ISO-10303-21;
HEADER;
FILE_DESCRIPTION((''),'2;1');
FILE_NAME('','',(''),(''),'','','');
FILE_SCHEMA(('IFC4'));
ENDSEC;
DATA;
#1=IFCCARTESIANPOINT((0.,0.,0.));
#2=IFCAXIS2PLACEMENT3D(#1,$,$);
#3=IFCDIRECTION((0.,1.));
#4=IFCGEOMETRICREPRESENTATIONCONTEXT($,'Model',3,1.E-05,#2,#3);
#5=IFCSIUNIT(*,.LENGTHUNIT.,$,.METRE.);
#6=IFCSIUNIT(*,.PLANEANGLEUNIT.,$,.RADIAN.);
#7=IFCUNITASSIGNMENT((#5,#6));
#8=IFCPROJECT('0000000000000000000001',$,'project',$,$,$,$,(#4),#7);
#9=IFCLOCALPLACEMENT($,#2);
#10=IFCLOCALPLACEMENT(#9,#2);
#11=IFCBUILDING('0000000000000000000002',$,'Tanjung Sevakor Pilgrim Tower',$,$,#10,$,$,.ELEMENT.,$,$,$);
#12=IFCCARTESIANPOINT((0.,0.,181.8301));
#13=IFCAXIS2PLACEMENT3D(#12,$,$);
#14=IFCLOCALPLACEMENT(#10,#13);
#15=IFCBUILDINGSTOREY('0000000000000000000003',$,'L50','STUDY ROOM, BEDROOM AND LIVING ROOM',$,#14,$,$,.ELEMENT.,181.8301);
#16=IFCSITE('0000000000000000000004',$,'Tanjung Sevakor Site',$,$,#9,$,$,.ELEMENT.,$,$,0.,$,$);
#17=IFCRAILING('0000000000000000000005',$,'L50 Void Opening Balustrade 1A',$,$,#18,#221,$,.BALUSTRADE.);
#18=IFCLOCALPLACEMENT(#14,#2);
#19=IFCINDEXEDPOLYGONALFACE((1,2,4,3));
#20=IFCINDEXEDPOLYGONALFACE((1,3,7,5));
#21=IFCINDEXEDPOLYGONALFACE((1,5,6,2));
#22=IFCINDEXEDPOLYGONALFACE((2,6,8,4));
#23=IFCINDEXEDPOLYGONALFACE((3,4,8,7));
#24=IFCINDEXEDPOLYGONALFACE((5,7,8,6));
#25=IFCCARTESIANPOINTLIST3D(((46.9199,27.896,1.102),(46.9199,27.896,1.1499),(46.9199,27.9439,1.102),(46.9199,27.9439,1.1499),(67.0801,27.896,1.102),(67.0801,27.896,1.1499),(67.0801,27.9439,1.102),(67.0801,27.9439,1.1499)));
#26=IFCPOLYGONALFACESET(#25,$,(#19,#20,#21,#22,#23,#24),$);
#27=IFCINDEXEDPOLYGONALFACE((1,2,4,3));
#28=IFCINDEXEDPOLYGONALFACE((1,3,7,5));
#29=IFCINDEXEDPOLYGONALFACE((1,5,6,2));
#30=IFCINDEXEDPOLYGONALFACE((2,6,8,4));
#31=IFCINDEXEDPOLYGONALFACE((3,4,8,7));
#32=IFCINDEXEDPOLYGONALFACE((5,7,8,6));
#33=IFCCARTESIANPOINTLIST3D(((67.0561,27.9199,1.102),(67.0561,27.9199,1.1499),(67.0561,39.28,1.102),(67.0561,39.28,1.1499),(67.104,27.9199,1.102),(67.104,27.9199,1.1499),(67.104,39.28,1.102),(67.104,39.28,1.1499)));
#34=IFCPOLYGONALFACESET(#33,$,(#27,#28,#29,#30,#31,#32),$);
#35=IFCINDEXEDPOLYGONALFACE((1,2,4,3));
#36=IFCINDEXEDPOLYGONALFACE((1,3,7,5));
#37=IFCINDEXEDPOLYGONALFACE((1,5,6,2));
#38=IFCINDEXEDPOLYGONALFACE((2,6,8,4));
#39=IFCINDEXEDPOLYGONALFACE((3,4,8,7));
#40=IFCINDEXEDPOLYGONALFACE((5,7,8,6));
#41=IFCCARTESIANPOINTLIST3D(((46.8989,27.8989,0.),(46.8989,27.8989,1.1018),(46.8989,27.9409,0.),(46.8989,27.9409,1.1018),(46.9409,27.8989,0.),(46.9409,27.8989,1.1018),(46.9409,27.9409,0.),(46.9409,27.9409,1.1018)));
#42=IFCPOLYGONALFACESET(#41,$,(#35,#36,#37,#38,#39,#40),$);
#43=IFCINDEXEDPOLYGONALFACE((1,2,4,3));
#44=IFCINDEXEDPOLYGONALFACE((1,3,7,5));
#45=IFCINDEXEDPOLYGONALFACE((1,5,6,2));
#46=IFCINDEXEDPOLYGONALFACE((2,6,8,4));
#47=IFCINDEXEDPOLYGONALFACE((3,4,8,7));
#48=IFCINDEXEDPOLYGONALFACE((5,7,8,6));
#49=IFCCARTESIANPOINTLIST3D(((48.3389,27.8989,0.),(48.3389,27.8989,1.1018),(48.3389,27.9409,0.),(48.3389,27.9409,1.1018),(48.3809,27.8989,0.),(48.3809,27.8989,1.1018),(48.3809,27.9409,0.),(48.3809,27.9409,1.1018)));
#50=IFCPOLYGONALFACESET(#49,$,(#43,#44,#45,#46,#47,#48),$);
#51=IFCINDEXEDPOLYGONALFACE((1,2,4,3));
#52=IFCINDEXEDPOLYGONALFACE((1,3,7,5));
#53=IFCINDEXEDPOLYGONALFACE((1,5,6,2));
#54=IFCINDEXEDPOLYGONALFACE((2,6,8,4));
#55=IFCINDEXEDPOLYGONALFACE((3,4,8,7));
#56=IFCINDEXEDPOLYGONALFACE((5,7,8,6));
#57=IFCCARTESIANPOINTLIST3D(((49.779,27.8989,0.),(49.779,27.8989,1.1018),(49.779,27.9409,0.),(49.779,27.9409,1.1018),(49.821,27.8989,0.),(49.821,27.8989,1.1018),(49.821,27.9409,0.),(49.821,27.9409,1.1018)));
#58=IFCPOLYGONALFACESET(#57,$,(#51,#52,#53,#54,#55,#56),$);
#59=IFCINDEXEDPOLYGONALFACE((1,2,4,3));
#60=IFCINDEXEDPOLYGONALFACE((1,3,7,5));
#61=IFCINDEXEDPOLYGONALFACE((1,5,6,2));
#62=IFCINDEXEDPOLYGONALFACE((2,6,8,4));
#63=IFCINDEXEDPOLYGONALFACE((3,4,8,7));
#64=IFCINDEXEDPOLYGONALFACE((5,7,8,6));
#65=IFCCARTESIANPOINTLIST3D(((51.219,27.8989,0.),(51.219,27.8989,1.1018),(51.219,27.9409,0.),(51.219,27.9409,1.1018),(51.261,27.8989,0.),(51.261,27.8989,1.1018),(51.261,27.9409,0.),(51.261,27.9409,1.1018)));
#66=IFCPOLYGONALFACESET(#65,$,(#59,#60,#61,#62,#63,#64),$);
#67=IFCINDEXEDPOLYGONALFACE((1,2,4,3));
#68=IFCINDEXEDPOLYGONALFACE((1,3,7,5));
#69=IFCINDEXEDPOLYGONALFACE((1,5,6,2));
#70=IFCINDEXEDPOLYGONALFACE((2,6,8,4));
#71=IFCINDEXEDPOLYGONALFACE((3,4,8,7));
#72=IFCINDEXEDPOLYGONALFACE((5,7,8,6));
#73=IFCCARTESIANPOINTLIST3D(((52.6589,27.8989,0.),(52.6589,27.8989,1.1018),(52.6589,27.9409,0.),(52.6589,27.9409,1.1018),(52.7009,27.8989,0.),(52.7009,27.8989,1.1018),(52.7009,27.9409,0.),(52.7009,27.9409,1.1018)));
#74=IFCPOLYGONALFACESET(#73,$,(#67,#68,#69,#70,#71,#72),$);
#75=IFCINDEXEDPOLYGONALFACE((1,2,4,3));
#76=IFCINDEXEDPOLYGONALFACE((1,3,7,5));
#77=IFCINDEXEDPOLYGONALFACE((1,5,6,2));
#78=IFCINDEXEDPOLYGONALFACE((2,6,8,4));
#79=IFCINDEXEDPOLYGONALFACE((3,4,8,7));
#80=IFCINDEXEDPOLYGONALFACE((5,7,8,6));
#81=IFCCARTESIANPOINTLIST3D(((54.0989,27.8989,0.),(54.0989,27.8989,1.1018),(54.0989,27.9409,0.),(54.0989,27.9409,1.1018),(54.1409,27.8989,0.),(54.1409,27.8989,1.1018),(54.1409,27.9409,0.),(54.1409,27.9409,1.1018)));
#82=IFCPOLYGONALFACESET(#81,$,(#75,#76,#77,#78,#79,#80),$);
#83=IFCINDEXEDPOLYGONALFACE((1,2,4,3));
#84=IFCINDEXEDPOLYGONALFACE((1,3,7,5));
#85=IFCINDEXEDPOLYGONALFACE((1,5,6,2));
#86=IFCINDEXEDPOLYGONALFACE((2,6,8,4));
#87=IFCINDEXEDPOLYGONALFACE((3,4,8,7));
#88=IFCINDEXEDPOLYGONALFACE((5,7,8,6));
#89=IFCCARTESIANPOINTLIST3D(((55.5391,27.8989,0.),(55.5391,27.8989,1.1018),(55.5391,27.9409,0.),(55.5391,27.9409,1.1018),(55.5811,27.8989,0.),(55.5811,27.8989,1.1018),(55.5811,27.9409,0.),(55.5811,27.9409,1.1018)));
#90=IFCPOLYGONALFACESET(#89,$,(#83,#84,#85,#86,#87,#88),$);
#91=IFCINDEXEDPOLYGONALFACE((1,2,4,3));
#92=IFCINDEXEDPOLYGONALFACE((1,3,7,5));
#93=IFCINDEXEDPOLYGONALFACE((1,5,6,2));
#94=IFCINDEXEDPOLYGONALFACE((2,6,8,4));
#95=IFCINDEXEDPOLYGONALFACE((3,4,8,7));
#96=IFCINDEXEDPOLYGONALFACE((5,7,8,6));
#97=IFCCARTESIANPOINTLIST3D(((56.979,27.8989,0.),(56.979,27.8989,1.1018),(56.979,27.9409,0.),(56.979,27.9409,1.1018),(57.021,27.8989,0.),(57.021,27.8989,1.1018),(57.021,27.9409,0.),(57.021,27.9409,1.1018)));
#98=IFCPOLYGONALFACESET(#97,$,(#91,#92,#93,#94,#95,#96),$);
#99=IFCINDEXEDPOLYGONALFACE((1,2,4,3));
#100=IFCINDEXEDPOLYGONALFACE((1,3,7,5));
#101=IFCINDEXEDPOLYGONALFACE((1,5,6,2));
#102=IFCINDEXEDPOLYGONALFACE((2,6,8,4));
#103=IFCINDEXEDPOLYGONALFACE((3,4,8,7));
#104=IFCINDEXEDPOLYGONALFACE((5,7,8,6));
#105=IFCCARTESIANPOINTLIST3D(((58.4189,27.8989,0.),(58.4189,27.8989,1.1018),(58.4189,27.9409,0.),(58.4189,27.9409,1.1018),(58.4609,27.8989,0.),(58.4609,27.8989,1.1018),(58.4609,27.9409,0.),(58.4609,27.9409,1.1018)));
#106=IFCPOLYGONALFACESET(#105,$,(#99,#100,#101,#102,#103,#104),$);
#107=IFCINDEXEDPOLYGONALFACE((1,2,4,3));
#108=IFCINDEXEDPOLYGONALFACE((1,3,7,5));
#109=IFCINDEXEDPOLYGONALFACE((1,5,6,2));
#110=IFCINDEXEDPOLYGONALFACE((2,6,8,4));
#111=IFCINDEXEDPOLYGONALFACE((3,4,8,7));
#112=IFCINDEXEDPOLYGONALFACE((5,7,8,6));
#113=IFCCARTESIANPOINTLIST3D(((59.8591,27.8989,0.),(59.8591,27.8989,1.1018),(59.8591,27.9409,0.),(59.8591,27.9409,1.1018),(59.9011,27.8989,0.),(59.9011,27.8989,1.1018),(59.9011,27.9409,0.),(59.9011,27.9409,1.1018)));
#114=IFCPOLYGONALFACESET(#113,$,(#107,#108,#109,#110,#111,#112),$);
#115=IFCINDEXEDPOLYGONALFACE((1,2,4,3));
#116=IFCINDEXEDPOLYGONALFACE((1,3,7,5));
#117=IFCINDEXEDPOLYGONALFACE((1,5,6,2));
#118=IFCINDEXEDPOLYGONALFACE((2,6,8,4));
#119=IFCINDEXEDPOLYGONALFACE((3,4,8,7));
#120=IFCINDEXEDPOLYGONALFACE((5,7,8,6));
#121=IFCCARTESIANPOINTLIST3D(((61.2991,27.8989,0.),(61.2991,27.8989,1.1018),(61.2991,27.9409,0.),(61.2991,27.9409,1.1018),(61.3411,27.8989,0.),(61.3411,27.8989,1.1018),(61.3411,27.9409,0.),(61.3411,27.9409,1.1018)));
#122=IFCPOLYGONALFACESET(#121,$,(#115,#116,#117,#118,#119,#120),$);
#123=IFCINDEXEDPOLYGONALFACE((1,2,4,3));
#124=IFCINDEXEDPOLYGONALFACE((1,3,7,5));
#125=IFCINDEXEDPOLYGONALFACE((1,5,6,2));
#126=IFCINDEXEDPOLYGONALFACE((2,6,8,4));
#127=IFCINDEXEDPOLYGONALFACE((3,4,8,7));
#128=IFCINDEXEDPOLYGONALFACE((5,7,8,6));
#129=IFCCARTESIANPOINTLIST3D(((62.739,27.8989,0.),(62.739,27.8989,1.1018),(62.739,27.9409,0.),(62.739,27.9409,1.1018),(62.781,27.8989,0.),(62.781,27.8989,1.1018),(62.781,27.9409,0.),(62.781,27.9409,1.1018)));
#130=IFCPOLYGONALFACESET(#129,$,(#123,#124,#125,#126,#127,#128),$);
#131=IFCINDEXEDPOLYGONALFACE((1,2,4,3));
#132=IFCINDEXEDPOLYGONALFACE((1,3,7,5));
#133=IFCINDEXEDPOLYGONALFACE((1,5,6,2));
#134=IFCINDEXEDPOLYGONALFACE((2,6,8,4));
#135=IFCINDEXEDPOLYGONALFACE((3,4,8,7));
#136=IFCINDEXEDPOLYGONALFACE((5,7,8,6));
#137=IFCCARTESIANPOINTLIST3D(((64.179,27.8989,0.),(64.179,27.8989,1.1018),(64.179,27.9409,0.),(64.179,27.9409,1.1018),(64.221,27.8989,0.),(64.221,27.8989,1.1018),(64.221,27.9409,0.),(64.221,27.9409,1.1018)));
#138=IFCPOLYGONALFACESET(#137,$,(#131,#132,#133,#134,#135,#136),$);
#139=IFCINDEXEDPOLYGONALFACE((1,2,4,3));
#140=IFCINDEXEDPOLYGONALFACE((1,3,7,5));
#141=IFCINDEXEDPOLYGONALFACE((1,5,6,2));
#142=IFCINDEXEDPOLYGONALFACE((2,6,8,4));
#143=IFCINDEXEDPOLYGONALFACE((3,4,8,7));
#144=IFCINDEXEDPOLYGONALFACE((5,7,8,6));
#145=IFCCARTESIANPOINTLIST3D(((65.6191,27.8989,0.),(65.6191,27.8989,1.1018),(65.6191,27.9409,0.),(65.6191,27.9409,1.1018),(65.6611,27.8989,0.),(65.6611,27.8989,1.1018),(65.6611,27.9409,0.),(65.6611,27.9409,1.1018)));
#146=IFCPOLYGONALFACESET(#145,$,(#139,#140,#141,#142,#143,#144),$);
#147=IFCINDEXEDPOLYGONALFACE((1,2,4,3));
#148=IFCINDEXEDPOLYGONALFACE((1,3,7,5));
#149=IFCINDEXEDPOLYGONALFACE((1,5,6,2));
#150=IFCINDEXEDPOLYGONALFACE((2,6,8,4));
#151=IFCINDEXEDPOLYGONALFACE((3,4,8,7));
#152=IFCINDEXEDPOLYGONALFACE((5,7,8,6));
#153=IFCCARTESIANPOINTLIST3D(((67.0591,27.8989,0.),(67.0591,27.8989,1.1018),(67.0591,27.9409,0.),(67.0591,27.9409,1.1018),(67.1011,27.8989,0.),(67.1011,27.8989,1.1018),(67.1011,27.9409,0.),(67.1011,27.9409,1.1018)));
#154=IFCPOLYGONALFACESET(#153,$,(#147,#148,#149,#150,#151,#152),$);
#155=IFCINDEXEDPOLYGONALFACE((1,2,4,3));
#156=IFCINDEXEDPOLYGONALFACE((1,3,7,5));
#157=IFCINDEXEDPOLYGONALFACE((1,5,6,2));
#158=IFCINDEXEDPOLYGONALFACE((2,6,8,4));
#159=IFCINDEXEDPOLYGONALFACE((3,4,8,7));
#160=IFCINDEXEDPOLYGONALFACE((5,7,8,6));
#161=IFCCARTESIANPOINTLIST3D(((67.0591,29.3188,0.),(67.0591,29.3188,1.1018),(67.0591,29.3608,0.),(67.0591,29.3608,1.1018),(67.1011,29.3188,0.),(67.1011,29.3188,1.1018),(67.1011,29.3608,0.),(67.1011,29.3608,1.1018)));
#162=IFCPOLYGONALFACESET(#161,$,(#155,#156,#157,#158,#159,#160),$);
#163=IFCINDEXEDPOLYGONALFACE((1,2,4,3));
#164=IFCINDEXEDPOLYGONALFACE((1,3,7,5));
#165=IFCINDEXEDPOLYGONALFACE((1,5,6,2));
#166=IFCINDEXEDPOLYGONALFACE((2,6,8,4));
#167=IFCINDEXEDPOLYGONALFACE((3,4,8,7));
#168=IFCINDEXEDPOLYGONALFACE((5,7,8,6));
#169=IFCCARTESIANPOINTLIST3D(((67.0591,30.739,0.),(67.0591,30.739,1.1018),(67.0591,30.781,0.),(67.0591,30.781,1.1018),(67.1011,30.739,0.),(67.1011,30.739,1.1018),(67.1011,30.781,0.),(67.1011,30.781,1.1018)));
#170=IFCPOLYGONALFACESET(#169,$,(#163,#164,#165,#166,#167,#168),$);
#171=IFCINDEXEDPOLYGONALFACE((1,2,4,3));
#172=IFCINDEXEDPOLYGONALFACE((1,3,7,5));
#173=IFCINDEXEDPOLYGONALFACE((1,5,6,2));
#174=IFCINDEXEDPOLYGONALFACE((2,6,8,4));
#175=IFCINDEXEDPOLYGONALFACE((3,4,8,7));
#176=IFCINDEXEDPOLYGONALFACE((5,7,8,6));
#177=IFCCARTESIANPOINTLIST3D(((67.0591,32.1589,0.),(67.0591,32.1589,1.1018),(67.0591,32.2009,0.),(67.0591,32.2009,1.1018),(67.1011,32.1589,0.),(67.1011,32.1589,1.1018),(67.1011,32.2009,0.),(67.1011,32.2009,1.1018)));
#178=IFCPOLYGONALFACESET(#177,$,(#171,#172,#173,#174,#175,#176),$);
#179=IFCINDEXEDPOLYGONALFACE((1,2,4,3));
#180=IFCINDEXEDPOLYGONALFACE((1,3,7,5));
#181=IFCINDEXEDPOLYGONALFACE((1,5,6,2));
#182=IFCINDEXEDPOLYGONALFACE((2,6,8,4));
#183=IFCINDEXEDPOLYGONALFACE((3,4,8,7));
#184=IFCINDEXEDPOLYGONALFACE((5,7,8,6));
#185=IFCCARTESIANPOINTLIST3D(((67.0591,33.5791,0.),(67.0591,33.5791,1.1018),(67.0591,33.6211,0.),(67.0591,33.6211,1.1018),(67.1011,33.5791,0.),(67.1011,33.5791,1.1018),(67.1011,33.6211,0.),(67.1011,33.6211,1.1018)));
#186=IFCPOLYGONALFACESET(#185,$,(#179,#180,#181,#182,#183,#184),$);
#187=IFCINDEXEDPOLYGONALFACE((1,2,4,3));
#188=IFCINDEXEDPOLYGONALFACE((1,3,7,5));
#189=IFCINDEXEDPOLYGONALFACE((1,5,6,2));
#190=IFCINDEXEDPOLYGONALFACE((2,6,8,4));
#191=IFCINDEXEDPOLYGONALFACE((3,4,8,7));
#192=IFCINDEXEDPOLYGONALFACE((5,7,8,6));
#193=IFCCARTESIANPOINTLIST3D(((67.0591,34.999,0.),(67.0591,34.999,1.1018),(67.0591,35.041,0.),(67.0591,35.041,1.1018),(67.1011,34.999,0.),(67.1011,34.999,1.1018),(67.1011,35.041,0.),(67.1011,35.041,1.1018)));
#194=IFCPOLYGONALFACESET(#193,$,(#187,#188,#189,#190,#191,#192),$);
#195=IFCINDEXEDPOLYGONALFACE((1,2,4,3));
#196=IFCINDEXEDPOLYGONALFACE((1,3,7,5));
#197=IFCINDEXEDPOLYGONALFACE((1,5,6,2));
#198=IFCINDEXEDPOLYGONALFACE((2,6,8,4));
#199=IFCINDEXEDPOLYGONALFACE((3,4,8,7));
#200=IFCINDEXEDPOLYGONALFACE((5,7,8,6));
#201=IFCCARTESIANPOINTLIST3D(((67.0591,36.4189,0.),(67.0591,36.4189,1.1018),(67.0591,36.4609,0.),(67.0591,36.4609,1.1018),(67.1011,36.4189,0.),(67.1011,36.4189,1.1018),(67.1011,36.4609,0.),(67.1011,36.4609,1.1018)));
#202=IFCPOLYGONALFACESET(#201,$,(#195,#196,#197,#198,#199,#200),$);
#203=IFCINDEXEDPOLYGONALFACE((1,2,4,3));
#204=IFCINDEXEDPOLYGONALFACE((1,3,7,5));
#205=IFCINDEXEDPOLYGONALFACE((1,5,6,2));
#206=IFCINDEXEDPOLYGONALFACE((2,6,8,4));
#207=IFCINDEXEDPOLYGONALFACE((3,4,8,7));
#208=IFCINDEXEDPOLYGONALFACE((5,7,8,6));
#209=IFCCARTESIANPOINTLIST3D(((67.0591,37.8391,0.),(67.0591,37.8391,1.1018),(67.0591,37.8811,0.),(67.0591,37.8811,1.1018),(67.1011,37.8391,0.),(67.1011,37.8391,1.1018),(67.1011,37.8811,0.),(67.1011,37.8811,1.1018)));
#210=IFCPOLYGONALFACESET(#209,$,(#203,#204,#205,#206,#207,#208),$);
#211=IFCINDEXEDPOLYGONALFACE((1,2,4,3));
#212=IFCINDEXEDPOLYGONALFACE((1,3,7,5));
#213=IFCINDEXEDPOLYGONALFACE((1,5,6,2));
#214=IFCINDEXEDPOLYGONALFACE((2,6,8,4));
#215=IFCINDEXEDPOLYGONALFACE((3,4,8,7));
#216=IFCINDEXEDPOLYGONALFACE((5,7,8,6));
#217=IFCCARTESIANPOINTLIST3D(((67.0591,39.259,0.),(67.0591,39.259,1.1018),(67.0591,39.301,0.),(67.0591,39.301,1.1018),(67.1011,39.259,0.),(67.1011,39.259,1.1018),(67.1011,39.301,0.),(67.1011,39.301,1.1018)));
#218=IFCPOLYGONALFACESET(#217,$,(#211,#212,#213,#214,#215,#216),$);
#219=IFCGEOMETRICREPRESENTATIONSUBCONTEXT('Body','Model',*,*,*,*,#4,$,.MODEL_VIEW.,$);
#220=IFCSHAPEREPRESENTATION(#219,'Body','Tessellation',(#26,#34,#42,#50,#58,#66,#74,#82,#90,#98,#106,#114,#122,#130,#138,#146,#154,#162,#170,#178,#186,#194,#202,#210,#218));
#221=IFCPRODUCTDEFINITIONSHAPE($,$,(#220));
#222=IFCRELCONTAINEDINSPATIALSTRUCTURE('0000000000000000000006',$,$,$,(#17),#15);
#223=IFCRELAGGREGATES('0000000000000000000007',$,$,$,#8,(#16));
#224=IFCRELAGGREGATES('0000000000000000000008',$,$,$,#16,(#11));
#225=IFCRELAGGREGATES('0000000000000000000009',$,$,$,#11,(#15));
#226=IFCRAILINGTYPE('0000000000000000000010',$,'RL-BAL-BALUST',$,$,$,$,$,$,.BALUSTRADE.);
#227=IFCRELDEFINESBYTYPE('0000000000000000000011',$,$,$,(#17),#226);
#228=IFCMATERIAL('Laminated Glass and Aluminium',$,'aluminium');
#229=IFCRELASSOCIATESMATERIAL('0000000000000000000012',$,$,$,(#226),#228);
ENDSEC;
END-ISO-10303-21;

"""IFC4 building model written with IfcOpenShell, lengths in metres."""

from ifc_helpers import new_model, si_unit, direction, frame, origin, place, context, subcontext, project, spatial, rectangle, extrude, material, type_object, element, save


model = new_model("IFC4")

# Units and contexts
model_context = context("Model", 3, precision=1e-05, world=origin(), true_north=direction((0.0, 1.0)))
body_context = subcontext(model_context, "Body", "Model", "MODEL_VIEW")
ifc_project = project(units=[si_unit("LENGTHUNIT", "METRE"), si_unit("PLANEANGLEUNIT", "RADIAN")], contexts=[model_context])

# Site, building, storey
site_placement = place(None, origin())
site = spatial("IfcSite", under=ifc_project, at=site_placement, Name="Tanjung Sevakor Site", CompositionType="ELEMENT", RefElevation=0.0)
building_placement = place(site_placement, origin())
building = spatial("IfcBuilding", under=site, at=building_placement, Name="Tanjung Sevakor Pilgrim Tower", CompositionType="ELEMENT")
storey_placement = place(building_placement, frame((0.0, 0.0, 181.8301)))
storey = spatial("IfcBuildingStorey", under=building, at=storey_placement, Name="L50", Description="STUDY ROOM, BEDROOM AND LIVING ROOM", CompositionType="ELEMENT", Elevation=181.8301)

# Railing
ifc_material_1 = material(Name="Laminated Glass and Aluminium", Category="aluminium")
railing_type = type_object("IfcRailingType", Name="RL-BAL-BALUST", PredefinedType="BALUSTRADE", material=ifc_material_1)
railing_placement = place(storey_placement, frame((46.9199, 27.9199, 0.0)))
element("IfcRailing", 1, at=railing_placement, inside=storey, type_object=railing_type, Name="L50 Void Opening Balustrade 1A", PredefinedType="BALUSTRADE", context=body_context, shape_type="SweptSolid", body=[
    extrude(rectangle(XDim=0.0479, YDim=0.0479), frame((0.0, 0.0, 1.126), z_axis=(1.0, 0.0, 0.0), x_axis=(0.0, 1.0, 0.0)), (0.0, 0.0, 1.0), 20.1602),
    extrude(rectangle(XDim=0.0479, YDim=0.0479), frame((20.1602, 0.0, 1.126), z_axis=(0.0, 1.0, 0.0), x_axis=(-1.0, 0.0, 0.0)), (0.0, 0.0, 1.0), 11.3601),
    extrude(rectangle(XDim=0.042, YDim=0.042), origin(), (0.0, 0.0, 1.0), 1.1018),
    extrude(rectangle(XDim=0.042, YDim=0.042), frame((1.4399, 0.0, 0.0)), (0.0, 0.0, 1.0), 1.1018),
    extrude(rectangle(XDim=0.042, YDim=0.042), frame((2.8801, 0.0, 0.0)), (0.0, 0.0, 1.0), 1.1018),
    extrude(rectangle(XDim=0.042, YDim=0.042), frame((4.3201, 0.0, 0.0)), (0.0, 0.0, 1.0), 1.1018),
    extrude(rectangle(XDim=0.042, YDim=0.042), frame((5.76, 0.0, 0.0)), (0.0, 0.0, 1.0), 1.1018),
    extrude(rectangle(XDim=0.042, YDim=0.042), frame((7.2, 0.0, 0.0)), (0.0, 0.0, 1.0), 1.1018),
    extrude(rectangle(XDim=0.042, YDim=0.042), frame((8.6401, 0.0, 0.0)), (0.0, 0.0, 1.0), 1.1018),
    extrude(rectangle(XDim=0.042, YDim=0.042), frame((10.0801, 0.0, 0.0)), (0.0, 0.0, 1.0), 1.1018),
    extrude(rectangle(XDim=0.042, YDim=0.042), frame((11.52, 0.0, 0.0)), (0.0, 0.0, 1.0), 1.1018),
    extrude(rectangle(XDim=0.042, YDim=0.042), frame((12.9602, 0.0, 0.0)), (0.0, 0.0, 1.0), 1.1018),
    extrude(rectangle(XDim=0.042, YDim=0.042), frame((14.4001, 0.0, 0.0)), (0.0, 0.0, 1.0), 1.1018),
    extrude(rectangle(XDim=0.042, YDim=0.042), frame((15.8401, 0.0, 0.0)), (0.0, 0.0, 1.0), 1.1018),
    extrude(rectangle(XDim=0.042, YDim=0.042), frame((17.28, 0.0, 0.0)), (0.0, 0.0, 1.0), 1.1018),
    extrude(rectangle(XDim=0.042, YDim=0.042), frame((18.7202, 0.0, 0.0)), (0.0, 0.0, 1.0), 1.1018),
    extrude(rectangle(XDim=0.042, YDim=0.042), frame((20.1602, 0.0, 0.0)), (0.0, 0.0, 1.0), 1.1018),
    extrude(rectangle(XDim=0.042, YDim=0.042), frame((20.1602, 1.4199, 0.0)), (0.0, 0.0, 1.0), 1.1018),
    extrude(rectangle(XDim=0.042, YDim=0.042), frame((20.1602, 2.8401, 0.0)), (0.0, 0.0, 1.0), 1.1018),
    extrude(rectangle(XDim=0.042, YDim=0.042), frame((20.1602, 4.26, 0.0)), (0.0, 0.0, 1.0), 1.1018),
    extrude(rectangle(XDim=0.042, YDim=0.042), frame((20.1602, 5.6802, 0.0)), (0.0, 0.0, 1.0), 1.1018),
    extrude(rectangle(XDim=0.042, YDim=0.042), frame((20.1602, 7.1001, 0.0)), (0.0, 0.0, 1.0), 1.1018),
    extrude(rectangle(XDim=0.042, YDim=0.042), frame((20.1602, 8.52, 0.0)), (0.0, 0.0, 1.0), 1.1018),
    extrude(rectangle(XDim=0.042, YDim=0.042), frame((20.1602, 9.9402, 0.0)), (0.0, 0.0, 1.0), 1.1018),
    extrude(rectangle(XDim=0.042, YDim=0.042), frame((20.1602, 11.3601, 0.0)), (0.0, 0.0, 1.0), 1.1018),
])

save(model, "model.ifc")
